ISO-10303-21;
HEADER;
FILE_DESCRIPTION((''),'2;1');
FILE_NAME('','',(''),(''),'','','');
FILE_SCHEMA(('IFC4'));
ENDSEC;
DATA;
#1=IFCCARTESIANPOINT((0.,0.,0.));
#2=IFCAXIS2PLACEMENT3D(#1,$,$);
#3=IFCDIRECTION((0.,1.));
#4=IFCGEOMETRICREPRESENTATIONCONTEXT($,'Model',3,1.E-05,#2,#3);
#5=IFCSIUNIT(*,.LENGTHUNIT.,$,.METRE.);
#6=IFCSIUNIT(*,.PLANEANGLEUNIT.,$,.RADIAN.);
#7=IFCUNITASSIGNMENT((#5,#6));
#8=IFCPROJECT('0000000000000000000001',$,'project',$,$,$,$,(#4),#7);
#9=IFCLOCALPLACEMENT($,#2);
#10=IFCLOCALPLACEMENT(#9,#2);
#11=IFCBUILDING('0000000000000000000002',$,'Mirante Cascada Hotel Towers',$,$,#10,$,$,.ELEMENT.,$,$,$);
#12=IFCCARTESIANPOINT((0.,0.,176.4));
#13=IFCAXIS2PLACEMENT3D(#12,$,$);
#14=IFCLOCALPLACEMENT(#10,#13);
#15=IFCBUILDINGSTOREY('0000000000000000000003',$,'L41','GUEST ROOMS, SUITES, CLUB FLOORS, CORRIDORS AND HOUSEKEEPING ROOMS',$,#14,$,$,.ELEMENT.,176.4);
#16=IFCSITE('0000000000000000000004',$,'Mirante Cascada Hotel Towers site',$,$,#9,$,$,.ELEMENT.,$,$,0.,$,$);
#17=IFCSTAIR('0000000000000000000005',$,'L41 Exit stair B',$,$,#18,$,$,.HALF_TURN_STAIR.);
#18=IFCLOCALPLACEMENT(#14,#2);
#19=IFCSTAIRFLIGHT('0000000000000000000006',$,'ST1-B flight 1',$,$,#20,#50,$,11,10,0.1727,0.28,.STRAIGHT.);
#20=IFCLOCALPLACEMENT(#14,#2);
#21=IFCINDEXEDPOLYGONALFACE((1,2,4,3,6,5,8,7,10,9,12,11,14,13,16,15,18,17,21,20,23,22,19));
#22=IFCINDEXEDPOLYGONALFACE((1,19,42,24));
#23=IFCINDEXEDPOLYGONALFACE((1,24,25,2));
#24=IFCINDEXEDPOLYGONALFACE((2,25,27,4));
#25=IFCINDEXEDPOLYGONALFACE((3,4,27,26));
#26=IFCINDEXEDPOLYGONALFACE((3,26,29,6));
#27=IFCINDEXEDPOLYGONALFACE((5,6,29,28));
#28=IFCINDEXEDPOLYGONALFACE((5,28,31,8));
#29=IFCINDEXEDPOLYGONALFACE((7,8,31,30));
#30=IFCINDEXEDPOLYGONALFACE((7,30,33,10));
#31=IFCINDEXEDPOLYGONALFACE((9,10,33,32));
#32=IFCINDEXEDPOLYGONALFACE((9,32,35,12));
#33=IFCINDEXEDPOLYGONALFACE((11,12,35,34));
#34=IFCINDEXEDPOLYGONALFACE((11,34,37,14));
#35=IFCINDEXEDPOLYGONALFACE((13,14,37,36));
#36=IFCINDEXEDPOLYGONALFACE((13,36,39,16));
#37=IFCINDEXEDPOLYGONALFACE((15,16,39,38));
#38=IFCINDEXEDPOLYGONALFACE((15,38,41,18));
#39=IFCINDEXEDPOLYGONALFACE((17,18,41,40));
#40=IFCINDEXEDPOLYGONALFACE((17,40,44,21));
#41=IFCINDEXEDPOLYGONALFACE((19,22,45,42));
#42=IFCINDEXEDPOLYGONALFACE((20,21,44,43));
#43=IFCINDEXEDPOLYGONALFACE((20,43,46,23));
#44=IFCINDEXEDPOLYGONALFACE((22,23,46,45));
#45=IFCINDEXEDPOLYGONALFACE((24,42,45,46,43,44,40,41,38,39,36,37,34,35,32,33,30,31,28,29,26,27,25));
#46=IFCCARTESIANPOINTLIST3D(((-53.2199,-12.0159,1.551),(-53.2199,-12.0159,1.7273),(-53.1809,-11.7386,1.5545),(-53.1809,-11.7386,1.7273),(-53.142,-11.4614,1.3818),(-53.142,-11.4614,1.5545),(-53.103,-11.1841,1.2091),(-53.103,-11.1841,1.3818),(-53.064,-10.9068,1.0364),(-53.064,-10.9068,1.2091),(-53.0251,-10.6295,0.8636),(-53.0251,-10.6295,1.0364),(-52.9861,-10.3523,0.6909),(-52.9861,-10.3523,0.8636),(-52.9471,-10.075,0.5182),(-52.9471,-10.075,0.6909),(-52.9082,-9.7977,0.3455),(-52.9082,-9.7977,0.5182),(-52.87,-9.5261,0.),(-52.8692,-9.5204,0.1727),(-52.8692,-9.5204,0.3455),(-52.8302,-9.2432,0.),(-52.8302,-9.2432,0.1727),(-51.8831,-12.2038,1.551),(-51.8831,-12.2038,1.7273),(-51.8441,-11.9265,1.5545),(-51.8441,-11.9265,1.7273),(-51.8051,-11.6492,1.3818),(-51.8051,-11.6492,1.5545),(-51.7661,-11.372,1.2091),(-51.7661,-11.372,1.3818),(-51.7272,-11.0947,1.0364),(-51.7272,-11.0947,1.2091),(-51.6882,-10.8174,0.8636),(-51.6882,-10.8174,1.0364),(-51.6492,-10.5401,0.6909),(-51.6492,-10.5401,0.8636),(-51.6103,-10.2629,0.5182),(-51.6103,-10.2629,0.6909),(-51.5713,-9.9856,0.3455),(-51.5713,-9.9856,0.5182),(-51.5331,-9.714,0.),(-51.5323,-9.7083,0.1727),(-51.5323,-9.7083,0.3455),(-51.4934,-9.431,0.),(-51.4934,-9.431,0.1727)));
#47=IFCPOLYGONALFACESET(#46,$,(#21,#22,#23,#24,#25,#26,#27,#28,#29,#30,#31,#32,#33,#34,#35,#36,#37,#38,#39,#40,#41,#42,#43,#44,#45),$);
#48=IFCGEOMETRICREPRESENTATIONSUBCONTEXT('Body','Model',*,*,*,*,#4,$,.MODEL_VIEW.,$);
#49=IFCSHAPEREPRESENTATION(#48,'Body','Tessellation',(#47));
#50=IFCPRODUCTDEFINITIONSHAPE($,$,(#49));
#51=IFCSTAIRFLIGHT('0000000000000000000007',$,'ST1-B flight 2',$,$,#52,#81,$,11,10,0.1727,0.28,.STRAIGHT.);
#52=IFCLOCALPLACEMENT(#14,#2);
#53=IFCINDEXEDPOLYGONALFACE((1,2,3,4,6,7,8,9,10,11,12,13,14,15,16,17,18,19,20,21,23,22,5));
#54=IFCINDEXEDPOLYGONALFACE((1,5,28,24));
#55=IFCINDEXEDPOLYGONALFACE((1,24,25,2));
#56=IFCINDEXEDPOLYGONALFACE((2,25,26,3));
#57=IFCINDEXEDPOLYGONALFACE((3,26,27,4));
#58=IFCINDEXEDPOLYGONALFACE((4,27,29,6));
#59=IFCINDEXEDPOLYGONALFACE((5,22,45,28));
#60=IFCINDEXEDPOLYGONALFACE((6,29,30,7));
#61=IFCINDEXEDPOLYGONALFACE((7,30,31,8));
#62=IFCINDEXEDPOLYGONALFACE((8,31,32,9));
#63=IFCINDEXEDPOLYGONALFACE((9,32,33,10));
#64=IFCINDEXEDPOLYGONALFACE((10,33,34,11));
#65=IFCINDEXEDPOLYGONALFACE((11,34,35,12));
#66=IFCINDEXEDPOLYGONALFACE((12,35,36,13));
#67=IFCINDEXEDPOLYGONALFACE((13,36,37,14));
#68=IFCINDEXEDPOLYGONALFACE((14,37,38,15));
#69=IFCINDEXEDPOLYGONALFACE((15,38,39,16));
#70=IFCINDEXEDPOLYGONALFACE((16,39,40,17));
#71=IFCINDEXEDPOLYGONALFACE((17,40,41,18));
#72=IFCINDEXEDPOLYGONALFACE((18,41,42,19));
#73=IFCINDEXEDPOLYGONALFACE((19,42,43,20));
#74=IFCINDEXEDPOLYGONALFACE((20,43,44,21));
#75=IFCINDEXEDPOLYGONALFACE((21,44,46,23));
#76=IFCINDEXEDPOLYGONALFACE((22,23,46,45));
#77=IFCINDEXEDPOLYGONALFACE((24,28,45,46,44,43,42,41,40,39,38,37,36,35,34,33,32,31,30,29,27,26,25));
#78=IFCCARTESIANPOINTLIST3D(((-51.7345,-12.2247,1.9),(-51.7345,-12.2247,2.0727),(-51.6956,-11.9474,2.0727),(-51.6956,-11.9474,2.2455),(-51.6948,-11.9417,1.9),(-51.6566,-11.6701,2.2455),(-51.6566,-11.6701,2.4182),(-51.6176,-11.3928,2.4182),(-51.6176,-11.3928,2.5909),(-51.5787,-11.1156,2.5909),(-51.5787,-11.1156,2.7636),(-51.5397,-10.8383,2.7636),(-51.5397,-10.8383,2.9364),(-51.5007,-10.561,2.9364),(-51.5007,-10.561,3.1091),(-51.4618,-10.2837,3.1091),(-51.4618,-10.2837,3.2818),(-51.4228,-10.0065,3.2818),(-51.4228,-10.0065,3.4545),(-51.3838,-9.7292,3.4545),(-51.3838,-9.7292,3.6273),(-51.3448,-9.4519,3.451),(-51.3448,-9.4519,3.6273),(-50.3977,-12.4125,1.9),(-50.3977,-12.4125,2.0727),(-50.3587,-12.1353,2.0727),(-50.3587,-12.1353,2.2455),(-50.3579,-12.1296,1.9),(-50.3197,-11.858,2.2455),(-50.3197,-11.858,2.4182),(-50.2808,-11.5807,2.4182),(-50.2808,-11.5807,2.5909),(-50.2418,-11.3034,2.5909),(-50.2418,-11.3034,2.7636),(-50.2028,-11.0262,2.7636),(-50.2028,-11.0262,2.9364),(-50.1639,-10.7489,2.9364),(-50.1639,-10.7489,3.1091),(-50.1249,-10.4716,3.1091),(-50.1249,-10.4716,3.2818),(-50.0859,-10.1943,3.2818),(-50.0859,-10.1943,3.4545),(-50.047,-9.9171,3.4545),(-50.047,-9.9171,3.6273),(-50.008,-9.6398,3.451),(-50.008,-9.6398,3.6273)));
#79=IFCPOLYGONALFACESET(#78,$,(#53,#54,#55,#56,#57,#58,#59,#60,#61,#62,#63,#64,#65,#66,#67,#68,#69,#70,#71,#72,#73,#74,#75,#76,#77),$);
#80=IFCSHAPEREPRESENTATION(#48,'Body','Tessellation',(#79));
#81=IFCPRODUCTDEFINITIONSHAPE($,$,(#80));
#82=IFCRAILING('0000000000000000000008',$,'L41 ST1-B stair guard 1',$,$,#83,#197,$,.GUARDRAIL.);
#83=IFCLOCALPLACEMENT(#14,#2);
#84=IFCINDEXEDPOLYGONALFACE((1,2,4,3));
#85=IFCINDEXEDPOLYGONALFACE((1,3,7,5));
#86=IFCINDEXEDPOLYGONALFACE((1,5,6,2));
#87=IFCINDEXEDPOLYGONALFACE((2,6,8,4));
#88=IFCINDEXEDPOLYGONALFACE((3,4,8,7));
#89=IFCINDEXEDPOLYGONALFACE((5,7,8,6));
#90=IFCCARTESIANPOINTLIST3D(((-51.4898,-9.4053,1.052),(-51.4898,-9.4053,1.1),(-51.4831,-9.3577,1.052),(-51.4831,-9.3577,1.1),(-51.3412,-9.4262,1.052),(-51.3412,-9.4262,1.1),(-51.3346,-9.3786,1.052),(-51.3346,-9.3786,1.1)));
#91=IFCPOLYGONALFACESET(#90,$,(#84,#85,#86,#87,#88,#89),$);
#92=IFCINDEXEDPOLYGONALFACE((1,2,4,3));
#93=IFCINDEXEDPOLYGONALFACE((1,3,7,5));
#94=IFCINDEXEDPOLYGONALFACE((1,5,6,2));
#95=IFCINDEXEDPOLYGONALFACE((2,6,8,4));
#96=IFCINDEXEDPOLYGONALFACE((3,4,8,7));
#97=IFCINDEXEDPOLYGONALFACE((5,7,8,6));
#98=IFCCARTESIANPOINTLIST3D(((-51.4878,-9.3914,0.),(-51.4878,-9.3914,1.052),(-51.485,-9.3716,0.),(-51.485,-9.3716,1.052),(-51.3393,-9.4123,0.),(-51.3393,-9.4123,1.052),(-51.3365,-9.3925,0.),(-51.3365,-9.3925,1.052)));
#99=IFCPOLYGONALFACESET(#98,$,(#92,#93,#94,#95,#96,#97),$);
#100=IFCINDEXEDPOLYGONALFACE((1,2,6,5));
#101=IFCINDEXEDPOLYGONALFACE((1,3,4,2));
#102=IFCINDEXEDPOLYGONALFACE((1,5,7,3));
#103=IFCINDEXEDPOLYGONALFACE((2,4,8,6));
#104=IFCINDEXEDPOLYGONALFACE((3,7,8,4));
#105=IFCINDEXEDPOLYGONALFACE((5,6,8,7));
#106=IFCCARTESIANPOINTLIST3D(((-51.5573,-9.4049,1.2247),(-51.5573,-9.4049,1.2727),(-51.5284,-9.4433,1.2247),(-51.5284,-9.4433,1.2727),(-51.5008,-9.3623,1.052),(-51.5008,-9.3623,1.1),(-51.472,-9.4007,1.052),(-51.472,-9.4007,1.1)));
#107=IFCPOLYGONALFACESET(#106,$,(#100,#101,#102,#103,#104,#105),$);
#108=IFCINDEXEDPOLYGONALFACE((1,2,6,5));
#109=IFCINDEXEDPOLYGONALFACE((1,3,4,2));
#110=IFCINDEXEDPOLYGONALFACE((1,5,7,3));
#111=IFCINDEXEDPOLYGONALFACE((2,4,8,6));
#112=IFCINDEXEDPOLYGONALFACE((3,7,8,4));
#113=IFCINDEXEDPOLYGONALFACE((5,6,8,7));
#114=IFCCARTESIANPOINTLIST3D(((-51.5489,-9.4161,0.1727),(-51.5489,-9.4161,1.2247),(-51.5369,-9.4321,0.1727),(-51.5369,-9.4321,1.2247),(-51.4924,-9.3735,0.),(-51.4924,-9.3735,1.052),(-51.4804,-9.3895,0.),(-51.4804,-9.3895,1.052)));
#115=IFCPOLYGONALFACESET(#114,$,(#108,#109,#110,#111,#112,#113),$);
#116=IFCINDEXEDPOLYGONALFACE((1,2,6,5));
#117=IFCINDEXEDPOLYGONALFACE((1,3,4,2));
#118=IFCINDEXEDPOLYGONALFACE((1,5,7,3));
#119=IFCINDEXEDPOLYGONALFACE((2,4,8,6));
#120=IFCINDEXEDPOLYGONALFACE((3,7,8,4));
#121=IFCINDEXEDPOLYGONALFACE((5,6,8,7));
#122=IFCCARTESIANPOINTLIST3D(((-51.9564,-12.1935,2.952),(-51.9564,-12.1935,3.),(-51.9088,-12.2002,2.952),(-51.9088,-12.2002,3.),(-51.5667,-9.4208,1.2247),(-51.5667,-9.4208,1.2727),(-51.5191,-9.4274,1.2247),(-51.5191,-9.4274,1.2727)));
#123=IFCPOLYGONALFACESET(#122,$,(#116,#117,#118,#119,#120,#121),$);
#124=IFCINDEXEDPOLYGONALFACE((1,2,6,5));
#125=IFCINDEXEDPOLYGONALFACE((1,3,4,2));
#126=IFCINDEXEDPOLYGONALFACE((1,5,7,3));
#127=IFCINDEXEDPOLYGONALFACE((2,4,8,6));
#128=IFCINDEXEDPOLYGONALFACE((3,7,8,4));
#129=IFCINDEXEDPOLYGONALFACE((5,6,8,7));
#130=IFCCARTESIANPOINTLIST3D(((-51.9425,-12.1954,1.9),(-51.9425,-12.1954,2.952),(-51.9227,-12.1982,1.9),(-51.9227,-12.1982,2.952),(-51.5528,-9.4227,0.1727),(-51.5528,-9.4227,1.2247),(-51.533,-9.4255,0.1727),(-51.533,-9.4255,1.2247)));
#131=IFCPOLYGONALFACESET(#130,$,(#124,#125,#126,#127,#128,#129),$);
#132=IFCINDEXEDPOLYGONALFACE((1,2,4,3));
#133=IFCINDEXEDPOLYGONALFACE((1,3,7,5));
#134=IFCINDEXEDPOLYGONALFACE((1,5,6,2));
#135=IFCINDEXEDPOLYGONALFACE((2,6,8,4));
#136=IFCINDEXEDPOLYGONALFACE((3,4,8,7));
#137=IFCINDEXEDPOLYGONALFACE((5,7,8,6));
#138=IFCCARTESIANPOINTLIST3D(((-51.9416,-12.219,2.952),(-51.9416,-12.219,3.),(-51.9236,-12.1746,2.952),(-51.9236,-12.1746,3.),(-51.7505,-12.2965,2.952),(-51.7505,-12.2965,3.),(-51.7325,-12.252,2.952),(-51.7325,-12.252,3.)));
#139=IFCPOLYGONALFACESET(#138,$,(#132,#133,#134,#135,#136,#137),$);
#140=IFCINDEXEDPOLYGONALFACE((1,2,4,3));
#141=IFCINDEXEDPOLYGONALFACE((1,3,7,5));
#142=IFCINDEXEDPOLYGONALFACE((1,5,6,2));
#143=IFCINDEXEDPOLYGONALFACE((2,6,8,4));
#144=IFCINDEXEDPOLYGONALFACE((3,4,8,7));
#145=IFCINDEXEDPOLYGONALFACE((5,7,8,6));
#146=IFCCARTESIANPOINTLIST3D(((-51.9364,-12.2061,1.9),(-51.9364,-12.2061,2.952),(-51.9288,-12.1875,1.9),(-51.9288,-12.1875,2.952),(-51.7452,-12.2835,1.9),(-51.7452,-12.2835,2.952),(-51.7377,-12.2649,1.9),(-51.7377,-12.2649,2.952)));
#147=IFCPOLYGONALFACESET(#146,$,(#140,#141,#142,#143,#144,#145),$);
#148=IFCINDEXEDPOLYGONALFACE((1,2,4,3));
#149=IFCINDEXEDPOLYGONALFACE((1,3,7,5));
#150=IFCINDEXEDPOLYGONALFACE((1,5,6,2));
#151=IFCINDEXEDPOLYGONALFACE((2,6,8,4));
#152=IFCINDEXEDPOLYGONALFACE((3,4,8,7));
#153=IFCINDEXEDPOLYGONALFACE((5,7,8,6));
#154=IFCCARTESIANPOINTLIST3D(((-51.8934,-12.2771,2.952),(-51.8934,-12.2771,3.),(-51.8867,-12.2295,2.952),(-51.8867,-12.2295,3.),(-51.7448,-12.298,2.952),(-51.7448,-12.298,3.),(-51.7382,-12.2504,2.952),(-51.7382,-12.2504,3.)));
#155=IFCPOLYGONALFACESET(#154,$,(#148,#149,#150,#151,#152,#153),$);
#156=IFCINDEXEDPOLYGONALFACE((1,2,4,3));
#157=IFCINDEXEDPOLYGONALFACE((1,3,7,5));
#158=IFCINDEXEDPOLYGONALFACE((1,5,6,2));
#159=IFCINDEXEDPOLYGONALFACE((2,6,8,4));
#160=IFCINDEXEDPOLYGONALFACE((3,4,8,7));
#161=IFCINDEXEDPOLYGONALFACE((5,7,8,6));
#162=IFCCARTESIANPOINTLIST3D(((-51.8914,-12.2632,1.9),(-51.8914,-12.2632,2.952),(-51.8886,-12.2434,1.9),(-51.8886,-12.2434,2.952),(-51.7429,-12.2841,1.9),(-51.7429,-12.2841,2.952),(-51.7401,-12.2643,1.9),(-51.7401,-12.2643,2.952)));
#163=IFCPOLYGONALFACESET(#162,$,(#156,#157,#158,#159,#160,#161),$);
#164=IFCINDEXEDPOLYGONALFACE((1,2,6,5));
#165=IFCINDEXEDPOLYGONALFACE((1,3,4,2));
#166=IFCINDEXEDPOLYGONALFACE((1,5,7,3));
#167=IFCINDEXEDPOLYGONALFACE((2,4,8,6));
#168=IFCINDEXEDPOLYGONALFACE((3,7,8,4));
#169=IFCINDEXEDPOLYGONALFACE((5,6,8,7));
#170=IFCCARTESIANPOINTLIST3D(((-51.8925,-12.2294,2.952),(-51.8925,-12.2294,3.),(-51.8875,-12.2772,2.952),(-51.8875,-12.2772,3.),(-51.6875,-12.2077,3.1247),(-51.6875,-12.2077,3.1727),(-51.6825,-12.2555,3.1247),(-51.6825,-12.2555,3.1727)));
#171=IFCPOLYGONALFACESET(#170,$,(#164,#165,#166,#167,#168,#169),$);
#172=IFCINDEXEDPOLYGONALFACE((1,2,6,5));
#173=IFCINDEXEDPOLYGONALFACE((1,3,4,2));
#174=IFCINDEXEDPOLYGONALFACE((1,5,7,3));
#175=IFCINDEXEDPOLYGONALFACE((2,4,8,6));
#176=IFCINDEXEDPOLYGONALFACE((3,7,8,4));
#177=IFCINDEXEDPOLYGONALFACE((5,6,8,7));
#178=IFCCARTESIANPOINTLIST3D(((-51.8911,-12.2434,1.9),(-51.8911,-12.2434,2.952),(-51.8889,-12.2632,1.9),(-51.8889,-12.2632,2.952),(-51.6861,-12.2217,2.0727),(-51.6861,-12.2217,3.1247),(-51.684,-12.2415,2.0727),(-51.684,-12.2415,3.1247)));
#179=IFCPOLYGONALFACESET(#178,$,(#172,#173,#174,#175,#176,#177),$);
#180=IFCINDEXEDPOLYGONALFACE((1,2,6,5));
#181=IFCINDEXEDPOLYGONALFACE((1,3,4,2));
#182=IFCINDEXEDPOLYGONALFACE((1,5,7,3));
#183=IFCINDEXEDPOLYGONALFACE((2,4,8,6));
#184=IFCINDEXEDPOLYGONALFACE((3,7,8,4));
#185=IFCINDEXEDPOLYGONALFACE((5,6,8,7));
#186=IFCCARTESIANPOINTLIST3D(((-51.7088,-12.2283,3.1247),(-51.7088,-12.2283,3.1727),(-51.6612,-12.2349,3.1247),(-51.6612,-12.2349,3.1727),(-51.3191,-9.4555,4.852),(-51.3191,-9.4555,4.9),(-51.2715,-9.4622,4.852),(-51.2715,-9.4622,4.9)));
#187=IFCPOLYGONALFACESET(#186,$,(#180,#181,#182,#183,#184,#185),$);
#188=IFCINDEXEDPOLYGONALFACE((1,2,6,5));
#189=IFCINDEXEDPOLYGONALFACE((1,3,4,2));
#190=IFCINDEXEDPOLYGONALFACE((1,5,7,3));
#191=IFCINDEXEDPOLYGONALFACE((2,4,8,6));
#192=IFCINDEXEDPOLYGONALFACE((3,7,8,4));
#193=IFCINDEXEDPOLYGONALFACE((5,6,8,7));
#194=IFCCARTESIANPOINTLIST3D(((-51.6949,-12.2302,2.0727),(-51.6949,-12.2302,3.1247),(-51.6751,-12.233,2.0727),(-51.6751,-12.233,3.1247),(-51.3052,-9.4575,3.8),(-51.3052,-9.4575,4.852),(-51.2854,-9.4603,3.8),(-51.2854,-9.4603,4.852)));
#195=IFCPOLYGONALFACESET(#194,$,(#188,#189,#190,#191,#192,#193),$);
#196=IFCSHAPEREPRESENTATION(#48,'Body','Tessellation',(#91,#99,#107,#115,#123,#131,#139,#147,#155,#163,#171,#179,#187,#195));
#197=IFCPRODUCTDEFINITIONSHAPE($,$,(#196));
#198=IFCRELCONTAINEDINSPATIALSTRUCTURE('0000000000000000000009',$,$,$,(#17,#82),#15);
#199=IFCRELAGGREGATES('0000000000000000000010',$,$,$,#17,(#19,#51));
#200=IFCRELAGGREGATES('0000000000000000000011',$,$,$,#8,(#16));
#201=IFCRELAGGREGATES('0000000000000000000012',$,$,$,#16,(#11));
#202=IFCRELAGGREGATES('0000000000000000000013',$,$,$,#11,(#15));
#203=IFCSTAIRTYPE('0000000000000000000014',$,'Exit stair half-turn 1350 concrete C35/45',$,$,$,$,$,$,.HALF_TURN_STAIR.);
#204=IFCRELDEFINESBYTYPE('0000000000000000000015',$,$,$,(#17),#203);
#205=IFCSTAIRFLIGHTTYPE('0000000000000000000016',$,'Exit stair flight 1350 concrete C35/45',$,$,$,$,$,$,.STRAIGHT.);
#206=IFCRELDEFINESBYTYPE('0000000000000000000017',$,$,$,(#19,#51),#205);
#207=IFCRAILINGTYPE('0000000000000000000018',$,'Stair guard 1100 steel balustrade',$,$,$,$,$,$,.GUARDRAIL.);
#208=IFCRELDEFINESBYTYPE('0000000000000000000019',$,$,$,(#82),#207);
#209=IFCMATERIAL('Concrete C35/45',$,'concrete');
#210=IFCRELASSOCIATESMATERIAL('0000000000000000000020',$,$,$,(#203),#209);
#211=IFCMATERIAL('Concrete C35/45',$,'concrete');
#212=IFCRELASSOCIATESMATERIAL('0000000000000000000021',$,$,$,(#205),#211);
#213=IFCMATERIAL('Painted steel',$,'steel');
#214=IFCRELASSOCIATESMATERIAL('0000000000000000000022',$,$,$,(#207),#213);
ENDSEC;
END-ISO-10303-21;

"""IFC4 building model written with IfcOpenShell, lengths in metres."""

from ifc_helpers import new_model, si_unit, direction, frame, origin, origin_2d, place, context, subcontext, project, spatial, polyline, rectangle, outline, extrude, material, type_object, element, aggregate, save


model = new_model("IFC4")

# Units and contexts
model_context = context("Model", 3, precision=1e-05, world=origin(), true_north=direction((0.0, 1.0)))
body_context = subcontext(model_context, "Body", "Model", "MODEL_VIEW")
ifc_project = project(units=[si_unit("LENGTHUNIT", "METRE"), si_unit("PLANEANGLEUNIT", "RADIAN")], contexts=[model_context])

# Site, building, storey
site_placement = place(None, origin())
site = spatial("IfcSite", under=ifc_project, at=site_placement, Name="Mirante Cascada Hotel Towers site", CompositionType="ELEMENT", RefElevation=0.0)
building_placement = place(site_placement, origin())
building = spatial("IfcBuilding", under=site, at=building_placement, Name="Mirante Cascada Hotel Towers", CompositionType="ELEMENT")
storey_placement = place(building_placement, frame((0.0, 0.0, 176.4)))
storey = spatial("IfcBuildingStorey", under=building, at=storey_placement, Name="L41", Description="GUEST ROOMS, SUITES, CLUB FLOORS, CORRIDORS AND HOUSEKEEPING ROOMS", CompositionType="ELEMENT", Elevation=176.4)

# Stair, stair flights
ifc_material_1 = material(Name="Concrete C35/45", Category="concrete")
stair_type = type_object("IfcStairType", Name="Exit stair half-turn 1350 concrete C35/45", PredefinedType="HALF_TURN_STAIR", material=ifc_material_1)
stair_placement = place(storey_placement, origin())
stair = element("IfcStair", 1, at=stair_placement, inside=storey, type_object=stair_type, Name="L41 Exit stair B", PredefinedType="HALF_TURN_STAIR")
ifc_material_2 = material(Name="Concrete C35/45", Category="concrete")
stair_flight_type = type_object("IfcStairFlightType", Name="Exit stair flight 1350 concrete C35/45", PredefinedType="STRAIGHT", material=ifc_material_2)
stair_flight_1_placement = place(storey_placement, frame((-52.1618, -9.3371, 0.0), z_axis=(0.0, 0.0, 1.0), x_axis=(-0.139173, -0.990268, 0.0)))
stair_flight_1 = element("IfcStairFlight", 2, at=stair_flight_1_placement, type_object=stair_flight_type, Name="ST1-B flight 1", NumberOfRisers=11, NumberOfTreads=10, PredefinedType="STRAIGHT", RiserHeight=0.1727, TreadLength=0.28, context=body_context, shape_type="SweptSolid", body=[
    extrude(outline(polyline([(0.0, 0.0), (0.0, 0.1727), (0.28, 0.1727), (0.28, 0.3455), (0.56, 0.3455), (0.56, 0.5182), (0.84, 0.5182), (0.84, 0.6909), (1.12, 0.6909), (1.12, 0.8636), (1.4, 0.8636), (1.4, 1.0364), (1.68, 1.0364), (1.68, 1.2091), (1.96, 1.2091), (1.96, 1.3818), (2.24, 1.3818), (2.24, 1.5545), (2.52, 1.5545), (2.52, 1.7273), (2.8, 1.7273), (2.8, 1.9), (2.8, 1.551), (0.2857, 0.0), (0.0, 0.0)])), frame((0.0, 0.675, 0.0), z_axis=(0.0, -1.0, 0.0), x_axis=(1.0, 0.0, 0.0)), (0.0, 0.0, 1.0), 1.35),
])
stair_flight_2_placement = place(storey_placement, frame((-51.0661, -12.3186, 1.9), z_axis=(0.0, 0.0, 1.0), x_axis=(0.139173, 0.990268, 0.0)))
stair_flight_2 = element("IfcStairFlight", 3, at=stair_flight_2_placement, type_object=stair_flight_type, Name="ST1-B flight 2", NumberOfRisers=11, NumberOfTreads=10, PredefinedType="STRAIGHT", RiserHeight=0.1727, TreadLength=0.28, context=body_context, shape_type="SweptSolid", body=[
    extrude(outline(polyline([(0.0, 0.0), (0.0, 0.1727), (0.28, 0.1727), (0.28, 0.3455), (0.56, 0.3455), (0.56, 0.5182), (0.84, 0.5182), (0.84, 0.6909), (1.12, 0.6909), (1.12, 0.8636), (1.4, 0.8636), (1.4, 1.0364), (1.68, 1.0364), (1.68, 1.2091), (1.96, 1.2091), (1.96, 1.3818), (2.24, 1.3818), (2.24, 1.5545), (2.52, 1.5545), (2.52, 1.7273), (2.8, 1.7273), (2.8, 1.9), (2.8, 1.551), (0.2857, 0.0), (0.0, 0.0)])), frame((0.0, 0.675, 0.0), z_axis=(0.0, -1.0, 0.0), x_axis=(1.0, 0.0, 0.0)), (0.0, 0.0, 1.0), 1.35),
])
aggregate(stair, [stair_flight_1, stair_flight_2])

# Railing
ifc_material_3 = material(Name="Painted steel", Category="steel")
railing_type = type_object("IfcRailingType", Name="Stair guard 1100 steel balustrade", PredefinedType="GUARDRAIL", material=ifc_material_3)
railing_placement = place(storey_placement, frame((-51.3379, -9.4024, 0.0)))
element("IfcRailing", 4, at=railing_placement, inside=storey, type_object=railing_type, Name="L41 ST1-B stair guard 1", PredefinedType="GUARDRAIL", context=body_context, shape_type="SweptSolid", body=[
    extrude(rectangle(XDim=0.048, YDim=0.048, at=origin_2d()), frame((0.0, 0.0, 1.076), z_axis=(-0.990241, 0.139367, 0.0), x_axis=(-0.139367, -0.990241, 0.0)), (0.0, 0.0, 1.0), 0.15),
    extrude(rectangle(XDim=0.02, YDim=1.052, at=origin_2d()), frame((0.0, 0.0, 0.526), z_axis=(-0.990241, 0.139367, 0.0), x_axis=(-0.139367, -0.990241, 0.0)), (0.0, 0.0, 1.0), 0.15),
    extrude(rectangle(XDim=0.048, YDim=0.048, at=origin_2d()), frame((-0.1485, 0.0209, 1.076), z_axis=(-0.798471, -0.602033, 0.0), x_axis=(0.602033, -0.798471, 0.0)), (0.0, 0.92534, 0.379139), 0.1866),
    extrude(rectangle(XDim=0.02, YDim=1.052, at=origin_2d()), frame((-0.1485, 0.0209, 0.526), z_axis=(-0.798471, -0.602033, 0.0), x_axis=(0.602033, -0.798471, 0.0)), (0.0, 0.92534, 0.379139), 0.1866),
    extrude(rectangle(XDim=0.048, YDim=0.048, at=origin_2d()), frame((-0.205, -0.0217, 1.2487), z_axis=(-0.139181, -0.990267, 0.0), x_axis=(0.990267, -0.139181, 0.0)), (0.0, 0.525035, 0.851081), 3.2899),
    extrude(rectangle(XDim=0.02, YDim=1.052, at=origin_2d()), frame((-0.205, -0.0217, 0.6987), z_axis=(-0.139181, -0.990267, 0.0), x_axis=(0.990267, -0.139181, 0.0)), (0.0, 0.525035, 0.851081), 3.2899),
    extrude(rectangle(XDim=0.048, YDim=0.048, at=origin_2d()), frame((-0.5947, -2.7944, 2.976), z_axis=(0.926862, -0.375401, 0.0), x_axis=(0.375401, 0.926862, 0.0)), (0.0, 0.0, 1.0), 0.2062),
    extrude(rectangle(XDim=0.02, YDim=1.052, at=origin_2d()), frame((-0.5947, -2.7944, 2.426), z_axis=(0.926862, -0.375401, 0.0), x_axis=(0.375401, 0.926862, 0.0)), (0.0, 0.0, 1.0), 0.2062),
    extrude(rectangle(XDim=0.048, YDim=0.048, at=origin_2d()), frame((-0.4036, -2.8718, 2.976), z_axis=(-0.990241, 0.139367, 0.0), x_axis=(-0.139367, -0.990241, 0.0)), (0.0, 0.0, 1.0), 0.15),
    extrude(rectangle(XDim=0.02, YDim=1.052, at=origin_2d()), frame((-0.4036, -2.8718, 2.426), z_axis=(-0.990241, 0.139367, 0.0), x_axis=(-0.139367, -0.990241, 0.0)), (0.0, 0.0, 1.0), 0.15),
    extrude(rectangle(XDim=0.048, YDim=0.048, at=origin_2d()), frame((-0.5521, -2.8509, 2.976), z_axis=(0.994444, 0.105266, 0.0), x_axis=(-0.105266, 0.994444, 0.0)), (0.0, 0.642184, 0.76655), 0.2689),
    extrude(rectangle(XDim=0.02, YDim=1.052, at=origin_2d()), frame((-0.5521, -2.8509, 2.426), z_axis=(0.994444, 0.105266, 0.0), x_axis=(-0.105266, 0.994444, 0.0)), (0.0, 0.642184, 0.76655), 0.2689),
    extrude(rectangle(XDim=0.048, YDim=0.048, at=origin_2d()), frame((-0.3471, -2.8292, 3.1487), z_axis=(0.139181, 0.990267, 0.0), x_axis=(-0.990267, 0.139181, 0.0)), (0.0, 0.525035, 0.851081), 3.2899),
    extrude(rectangle(XDim=0.02, YDim=1.052, at=origin_2d()), frame((-0.3471, -2.8292, 2.5987), z_axis=(0.139181, 0.990267, 0.0), x_axis=(-0.990267, 0.139181, 0.0)), (0.0, 0.525035, 0.851081), 3.2899),
])

save(model, "model.ifc")
